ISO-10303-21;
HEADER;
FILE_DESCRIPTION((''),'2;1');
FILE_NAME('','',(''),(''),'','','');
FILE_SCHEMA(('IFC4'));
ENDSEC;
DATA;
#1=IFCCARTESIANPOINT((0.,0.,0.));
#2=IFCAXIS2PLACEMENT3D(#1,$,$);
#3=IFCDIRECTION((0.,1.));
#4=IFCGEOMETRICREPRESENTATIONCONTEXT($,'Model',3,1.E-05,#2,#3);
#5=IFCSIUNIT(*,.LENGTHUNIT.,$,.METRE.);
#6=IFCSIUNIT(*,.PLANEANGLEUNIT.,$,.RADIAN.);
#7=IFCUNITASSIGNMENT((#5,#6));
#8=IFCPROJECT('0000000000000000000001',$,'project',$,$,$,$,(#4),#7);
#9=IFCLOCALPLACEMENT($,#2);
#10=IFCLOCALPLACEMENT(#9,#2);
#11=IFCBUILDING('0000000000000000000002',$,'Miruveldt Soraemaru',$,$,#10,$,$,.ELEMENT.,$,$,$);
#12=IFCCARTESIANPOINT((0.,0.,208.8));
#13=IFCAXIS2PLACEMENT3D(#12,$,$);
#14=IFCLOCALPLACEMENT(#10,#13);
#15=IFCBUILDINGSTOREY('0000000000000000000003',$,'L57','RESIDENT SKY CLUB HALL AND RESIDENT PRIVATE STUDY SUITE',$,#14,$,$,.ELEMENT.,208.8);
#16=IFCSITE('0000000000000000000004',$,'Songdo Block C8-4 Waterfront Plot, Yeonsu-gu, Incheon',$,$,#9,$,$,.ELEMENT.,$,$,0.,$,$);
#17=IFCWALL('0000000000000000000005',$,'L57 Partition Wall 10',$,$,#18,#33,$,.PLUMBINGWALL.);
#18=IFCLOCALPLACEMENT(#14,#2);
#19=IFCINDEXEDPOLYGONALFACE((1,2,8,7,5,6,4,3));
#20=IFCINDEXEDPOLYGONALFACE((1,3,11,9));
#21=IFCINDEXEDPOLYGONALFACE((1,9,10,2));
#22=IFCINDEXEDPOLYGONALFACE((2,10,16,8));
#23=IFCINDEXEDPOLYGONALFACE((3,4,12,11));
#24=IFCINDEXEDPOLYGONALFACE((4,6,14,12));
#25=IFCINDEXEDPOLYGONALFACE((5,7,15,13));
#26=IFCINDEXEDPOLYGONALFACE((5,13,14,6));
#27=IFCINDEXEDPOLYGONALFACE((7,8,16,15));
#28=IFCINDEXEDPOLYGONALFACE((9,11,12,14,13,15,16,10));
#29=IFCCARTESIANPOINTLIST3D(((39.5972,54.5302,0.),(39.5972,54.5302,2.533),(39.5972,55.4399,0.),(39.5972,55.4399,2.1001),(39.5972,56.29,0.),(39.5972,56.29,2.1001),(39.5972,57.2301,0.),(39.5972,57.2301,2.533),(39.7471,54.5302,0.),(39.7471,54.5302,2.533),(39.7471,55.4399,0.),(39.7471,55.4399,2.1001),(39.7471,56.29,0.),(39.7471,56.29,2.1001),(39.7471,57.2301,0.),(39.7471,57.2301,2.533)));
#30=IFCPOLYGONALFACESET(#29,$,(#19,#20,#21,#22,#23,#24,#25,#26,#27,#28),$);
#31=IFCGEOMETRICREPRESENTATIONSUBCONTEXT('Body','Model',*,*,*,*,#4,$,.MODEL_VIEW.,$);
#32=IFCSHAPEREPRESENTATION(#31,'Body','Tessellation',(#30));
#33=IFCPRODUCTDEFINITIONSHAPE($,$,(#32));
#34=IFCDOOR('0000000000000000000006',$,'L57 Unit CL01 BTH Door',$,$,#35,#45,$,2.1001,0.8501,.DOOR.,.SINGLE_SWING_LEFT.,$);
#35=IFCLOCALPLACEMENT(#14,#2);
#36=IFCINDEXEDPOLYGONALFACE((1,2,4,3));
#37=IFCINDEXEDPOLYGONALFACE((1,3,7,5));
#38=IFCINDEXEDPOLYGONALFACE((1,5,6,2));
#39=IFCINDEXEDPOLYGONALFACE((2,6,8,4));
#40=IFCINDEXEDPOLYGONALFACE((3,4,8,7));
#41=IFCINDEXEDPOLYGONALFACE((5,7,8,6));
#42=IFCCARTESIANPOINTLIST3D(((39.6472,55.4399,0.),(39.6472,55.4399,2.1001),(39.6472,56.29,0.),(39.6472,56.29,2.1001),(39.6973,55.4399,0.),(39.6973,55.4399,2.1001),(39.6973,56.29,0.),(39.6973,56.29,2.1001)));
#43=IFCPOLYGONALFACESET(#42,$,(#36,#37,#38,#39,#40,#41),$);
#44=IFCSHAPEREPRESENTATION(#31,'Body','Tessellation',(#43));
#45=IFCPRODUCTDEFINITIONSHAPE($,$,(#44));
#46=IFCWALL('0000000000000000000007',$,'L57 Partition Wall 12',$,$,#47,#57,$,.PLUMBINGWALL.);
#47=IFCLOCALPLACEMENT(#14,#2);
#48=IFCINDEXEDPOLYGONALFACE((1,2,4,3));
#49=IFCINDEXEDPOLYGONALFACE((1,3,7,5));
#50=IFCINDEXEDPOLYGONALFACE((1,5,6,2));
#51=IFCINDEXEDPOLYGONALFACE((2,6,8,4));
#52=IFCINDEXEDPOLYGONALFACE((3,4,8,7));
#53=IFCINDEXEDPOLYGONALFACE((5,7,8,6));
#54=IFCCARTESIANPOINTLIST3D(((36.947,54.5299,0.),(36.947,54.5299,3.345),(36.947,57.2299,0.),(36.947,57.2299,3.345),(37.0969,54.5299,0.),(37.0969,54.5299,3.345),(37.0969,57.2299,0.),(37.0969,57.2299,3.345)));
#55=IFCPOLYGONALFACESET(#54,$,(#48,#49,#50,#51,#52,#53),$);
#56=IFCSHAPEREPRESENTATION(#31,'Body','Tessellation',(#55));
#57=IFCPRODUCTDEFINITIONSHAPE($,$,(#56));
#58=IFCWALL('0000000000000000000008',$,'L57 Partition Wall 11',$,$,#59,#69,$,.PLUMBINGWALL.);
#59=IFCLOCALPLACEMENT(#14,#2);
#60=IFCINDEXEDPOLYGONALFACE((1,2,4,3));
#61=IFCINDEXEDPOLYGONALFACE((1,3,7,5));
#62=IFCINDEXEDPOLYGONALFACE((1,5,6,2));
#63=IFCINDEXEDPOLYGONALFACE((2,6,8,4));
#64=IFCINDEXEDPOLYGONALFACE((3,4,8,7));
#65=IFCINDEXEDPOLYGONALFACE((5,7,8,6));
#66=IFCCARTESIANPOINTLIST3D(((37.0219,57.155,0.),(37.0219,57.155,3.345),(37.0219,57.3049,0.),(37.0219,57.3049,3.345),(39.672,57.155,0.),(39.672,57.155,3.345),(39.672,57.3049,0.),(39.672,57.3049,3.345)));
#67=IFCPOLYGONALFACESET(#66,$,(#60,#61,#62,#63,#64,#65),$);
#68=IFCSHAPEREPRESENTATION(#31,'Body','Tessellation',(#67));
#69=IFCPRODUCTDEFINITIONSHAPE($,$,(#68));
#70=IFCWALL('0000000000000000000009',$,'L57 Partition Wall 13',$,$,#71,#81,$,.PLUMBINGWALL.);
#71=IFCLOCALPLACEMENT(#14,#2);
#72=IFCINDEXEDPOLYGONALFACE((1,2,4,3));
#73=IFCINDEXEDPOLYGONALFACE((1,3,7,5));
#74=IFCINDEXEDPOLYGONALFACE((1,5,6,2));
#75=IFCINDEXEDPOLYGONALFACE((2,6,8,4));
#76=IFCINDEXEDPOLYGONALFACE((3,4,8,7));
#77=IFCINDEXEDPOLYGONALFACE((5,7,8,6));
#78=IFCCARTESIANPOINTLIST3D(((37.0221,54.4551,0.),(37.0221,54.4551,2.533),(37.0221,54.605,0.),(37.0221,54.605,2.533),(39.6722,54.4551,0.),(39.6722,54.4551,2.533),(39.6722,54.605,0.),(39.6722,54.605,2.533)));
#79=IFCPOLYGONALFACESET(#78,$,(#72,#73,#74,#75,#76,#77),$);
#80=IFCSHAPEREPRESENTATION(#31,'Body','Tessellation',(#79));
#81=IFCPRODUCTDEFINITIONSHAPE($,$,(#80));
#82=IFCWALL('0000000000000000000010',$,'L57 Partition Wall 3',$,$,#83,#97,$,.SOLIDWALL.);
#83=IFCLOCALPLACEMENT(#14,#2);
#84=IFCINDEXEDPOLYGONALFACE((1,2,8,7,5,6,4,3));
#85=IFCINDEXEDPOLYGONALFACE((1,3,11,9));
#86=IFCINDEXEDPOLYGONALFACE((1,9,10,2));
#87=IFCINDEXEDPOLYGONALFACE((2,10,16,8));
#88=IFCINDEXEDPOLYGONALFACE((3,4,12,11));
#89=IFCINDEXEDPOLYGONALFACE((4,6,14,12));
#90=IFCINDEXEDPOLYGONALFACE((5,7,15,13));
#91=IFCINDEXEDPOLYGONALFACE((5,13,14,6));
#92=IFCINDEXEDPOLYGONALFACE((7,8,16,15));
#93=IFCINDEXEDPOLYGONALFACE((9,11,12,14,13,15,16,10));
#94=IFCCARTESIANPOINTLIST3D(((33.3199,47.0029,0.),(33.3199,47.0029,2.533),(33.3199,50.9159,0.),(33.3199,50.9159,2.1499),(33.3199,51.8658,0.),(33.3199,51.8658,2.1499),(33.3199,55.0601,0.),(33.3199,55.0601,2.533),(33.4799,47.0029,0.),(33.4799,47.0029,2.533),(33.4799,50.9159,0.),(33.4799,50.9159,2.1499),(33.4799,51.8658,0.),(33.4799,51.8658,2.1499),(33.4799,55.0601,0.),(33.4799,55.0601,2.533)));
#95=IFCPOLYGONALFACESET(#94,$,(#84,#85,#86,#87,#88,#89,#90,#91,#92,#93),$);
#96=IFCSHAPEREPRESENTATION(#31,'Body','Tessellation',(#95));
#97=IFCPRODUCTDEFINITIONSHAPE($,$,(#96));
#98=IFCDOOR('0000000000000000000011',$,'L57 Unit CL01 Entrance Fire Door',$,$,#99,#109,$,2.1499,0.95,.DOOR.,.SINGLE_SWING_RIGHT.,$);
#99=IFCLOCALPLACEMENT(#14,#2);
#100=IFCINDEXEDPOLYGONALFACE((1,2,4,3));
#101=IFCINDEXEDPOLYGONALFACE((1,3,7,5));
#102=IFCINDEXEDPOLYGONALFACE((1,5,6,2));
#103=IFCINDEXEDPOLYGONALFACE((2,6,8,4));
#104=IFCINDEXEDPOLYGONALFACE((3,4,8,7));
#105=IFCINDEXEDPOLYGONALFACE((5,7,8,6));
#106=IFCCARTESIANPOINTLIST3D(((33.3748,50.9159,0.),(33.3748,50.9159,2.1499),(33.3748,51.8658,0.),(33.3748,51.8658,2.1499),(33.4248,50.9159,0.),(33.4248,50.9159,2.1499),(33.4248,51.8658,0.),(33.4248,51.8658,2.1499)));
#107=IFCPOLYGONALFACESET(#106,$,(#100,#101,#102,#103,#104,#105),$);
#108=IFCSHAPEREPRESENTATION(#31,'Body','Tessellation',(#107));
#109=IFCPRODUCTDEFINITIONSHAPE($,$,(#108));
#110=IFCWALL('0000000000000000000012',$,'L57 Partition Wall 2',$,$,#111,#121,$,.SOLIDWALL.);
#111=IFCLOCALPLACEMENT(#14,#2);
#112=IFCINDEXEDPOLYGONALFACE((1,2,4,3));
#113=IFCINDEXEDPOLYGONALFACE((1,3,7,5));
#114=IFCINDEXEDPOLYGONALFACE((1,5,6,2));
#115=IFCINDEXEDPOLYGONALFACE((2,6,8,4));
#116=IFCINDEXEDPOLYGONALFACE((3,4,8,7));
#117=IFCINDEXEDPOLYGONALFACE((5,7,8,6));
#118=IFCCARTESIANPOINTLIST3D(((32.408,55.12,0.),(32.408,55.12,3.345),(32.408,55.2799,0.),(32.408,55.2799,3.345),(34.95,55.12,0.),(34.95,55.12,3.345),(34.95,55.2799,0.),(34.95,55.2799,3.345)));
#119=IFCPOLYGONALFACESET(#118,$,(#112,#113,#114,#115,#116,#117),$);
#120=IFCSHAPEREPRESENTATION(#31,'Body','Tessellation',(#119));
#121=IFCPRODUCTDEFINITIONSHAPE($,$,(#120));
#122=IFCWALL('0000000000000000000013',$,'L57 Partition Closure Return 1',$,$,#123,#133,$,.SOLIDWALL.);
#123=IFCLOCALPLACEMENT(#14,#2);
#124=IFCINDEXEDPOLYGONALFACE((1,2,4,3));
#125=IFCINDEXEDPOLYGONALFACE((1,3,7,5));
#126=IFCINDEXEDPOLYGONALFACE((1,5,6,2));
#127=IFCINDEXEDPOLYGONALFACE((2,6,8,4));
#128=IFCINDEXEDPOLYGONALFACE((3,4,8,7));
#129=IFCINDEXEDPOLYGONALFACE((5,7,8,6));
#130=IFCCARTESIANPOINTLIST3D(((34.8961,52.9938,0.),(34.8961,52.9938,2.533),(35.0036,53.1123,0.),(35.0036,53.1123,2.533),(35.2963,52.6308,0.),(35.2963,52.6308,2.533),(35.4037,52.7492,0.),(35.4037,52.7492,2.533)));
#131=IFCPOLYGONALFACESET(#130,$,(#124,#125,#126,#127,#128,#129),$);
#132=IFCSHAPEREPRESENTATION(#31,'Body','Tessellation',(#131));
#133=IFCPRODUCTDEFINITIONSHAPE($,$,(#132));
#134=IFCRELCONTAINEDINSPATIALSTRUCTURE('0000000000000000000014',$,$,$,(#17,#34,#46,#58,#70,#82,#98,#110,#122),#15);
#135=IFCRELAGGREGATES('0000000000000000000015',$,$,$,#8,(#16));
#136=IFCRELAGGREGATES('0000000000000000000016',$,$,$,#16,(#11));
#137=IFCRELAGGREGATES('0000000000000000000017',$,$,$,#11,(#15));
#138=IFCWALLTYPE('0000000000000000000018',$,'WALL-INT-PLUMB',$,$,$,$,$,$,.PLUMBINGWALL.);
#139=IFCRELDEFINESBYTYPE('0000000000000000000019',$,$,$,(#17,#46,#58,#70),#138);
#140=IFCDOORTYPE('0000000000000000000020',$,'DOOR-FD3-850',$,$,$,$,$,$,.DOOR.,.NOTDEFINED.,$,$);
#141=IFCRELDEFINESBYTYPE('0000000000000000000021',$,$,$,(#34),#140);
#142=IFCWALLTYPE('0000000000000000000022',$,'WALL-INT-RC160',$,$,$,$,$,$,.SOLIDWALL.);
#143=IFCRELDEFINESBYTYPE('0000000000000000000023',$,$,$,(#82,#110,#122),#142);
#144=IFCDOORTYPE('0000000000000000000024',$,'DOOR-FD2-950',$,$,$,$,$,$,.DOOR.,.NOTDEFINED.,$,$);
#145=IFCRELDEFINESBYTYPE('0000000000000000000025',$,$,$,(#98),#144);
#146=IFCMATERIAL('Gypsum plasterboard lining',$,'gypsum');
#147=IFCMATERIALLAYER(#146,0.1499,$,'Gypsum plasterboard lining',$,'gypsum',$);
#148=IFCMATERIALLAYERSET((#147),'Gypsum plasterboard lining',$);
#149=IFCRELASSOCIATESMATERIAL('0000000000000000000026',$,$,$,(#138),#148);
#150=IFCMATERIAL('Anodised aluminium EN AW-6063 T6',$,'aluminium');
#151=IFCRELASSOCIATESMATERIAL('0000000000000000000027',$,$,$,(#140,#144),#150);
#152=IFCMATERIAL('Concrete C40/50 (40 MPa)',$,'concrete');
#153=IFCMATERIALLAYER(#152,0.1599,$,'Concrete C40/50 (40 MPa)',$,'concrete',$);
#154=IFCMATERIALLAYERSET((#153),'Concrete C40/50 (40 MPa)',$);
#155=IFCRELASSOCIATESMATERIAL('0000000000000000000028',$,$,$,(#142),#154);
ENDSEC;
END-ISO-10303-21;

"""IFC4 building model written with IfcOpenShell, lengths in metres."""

from ifc_helpers import new_model, si_unit, direction, frame, frame_2d, origin, place, context, subcontext, project, spatial, rectangle, extrude, material, layer, layer_set, type_object, element, fill, save


model = new_model("IFC4")

# Units and contexts
model_context = context("Model", 3, precision=1e-05, world=origin(), true_north=direction((0.0, 1.0)))
body_context = subcontext(model_context, "Body", "Model", "MODEL_VIEW")
ifc_project = project(units=[si_unit("LENGTHUNIT", "METRE"), si_unit("PLANEANGLEUNIT", "RADIAN")], contexts=[model_context])

# Site, building, storey
site_placement = place(None, origin())
site = spatial("IfcSite", under=ifc_project, at=site_placement, Name="Songdo Block C8-4 Waterfront Plot, Yeonsu-gu, Incheon", CompositionType="ELEMENT", RefElevation=0.0)
building_placement = place(site_placement, origin())
building = spatial("IfcBuilding", under=site, at=building_placement, Name="Miruveldt Soraemaru", CompositionType="ELEMENT")
storey_placement = place(building_placement, frame((0.0, 0.0, 208.8)))
storey = spatial("IfcBuildingStorey", under=building, at=storey_placement, Name="L57", Description="RESIDENT SKY CLUB HALL AND RESIDENT PRIVATE STUDY SUITE", CompositionType="ELEMENT", Elevation=208.8)

# Wall, opening, door
ifc_material_1 = material(Name="Gypsum plasterboard lining", Category="gypsum")
ifc_layer_1 = layer(ifc_material_1, 0.1499, Name="Gypsum plasterboard lining", Category="gypsum")
ifc_layer_set_1 = layer_set([ifc_layer_1], Name="Gypsum plasterboard lining")
wall_type_1 = type_object("IfcWallType", Name="WALL-INT-PLUMB", PredefinedType="PLUMBINGWALL", material=ifc_layer_set_1)
wall_1_placement = place(storey_placement, frame((39.6721, 54.53, 0.0), z_axis=(0.0, 0.0, 1.0), x_axis=(0.0, 1.0, 0.0)))
wall_1 = element("IfcWall", 1, at=wall_1_placement, inside=storey, type_object=wall_type_1, Name="L57 Partition Wall 10", PredefinedType="PLUMBINGWALL", context=body_context, shape_type="SweptSolid", body=[
    extrude(rectangle(XDim=2.7, YDim=0.1499, at=frame_2d((1.3501, 0.0))), origin(), (0.0, 0.0, 1.0), 2.533),
])
opening_1_placement = place(wall_1_placement, frame((0.9099, 0.0, 0.0)))
opening_1 = element("IfcOpeningElement", 2, at=opening_1_placement, cuts=wall_1, PredefinedType="OPENING", context=body_context, shape_type="SweptSolid", body=[
    extrude(rectangle(XDim=0.8501, YDim=2.1001, at=frame_2d((0.425, 1.05))), frame((0.0, 0.085, 0.0), z_axis=(0.0, -1.0, 0.0), x_axis=(1.0, 0.0, 0.0)), (0.0, 0.0, 1.0), 0.1699),
])
ifc_material_2 = material(Name="Anodised aluminium EN AW-6063 T6", Category="aluminium")
door_type_1 = type_object("IfcDoorType", Name="DOOR-FD3-850", OperationType="NOTDEFINED", PredefinedType="DOOR", material=ifc_material_2)
door_1_placement = place(opening_1_placement, origin())
door_1 = element("IfcDoor", 3, at=door_1_placement, inside=storey, type_object=door_type_1, Name="L57 Unit CL01 BTH Door", OperationType="SINGLE_SWING_LEFT", OverallHeight=2.1001, OverallWidth=0.8501, PredefinedType="DOOR", context=body_context, shape_type="SweptSolid", body=[
    extrude(rectangle(XDim=0.8501, YDim=2.1001, at=frame_2d((0.425, 1.05))), frame((0.0, 0.0249, 0.0), z_axis=(0.0, -1.0, 0.0), x_axis=(1.0, 0.0, 0.0)), (0.0, 0.0, 1.0), 0.05),
])
fill(opening_1, door_1)

# Walls
wall_2_placement = place(storey_placement, frame((37.022, 57.23, 0.0), z_axis=(0.0, 0.0, 1.0), x_axis=(0.0, -1.0, 0.0)))
element("IfcWall", 4, at=wall_2_placement, inside=storey, type_object=wall_type_1, Name="L57 Partition Wall 12", PredefinedType="PLUMBINGWALL", context=body_context, shape_type="SweptSolid", body=[
    extrude(rectangle(XDim=2.7, YDim=0.1499, at=frame_2d((1.3501, 0.0))), origin(), (0.0, 0.0, 1.0), 3.345),
])
wall_3_placement = place(storey_placement, frame((39.6721, 57.23, 0.0), z_axis=(0.0, 0.0, 1.0), x_axis=(-1.0, 0.0, 0.0)))
element("IfcWall", 5, at=wall_3_placement, inside=storey, type_object=wall_type_1, Name="L57 Partition Wall 11", PredefinedType="PLUMBINGWALL", context=body_context, shape_type="SweptSolid", body=[
    extrude(rectangle(XDim=2.6501, YDim=0.1499, at=frame_2d((1.3252, 0.0))), origin(), (0.0, 0.0, 1.0), 3.345),
])
wall_4_placement = place(storey_placement, frame((37.022, 54.53, 0.0), z_axis=(0.0, 0.0, 1.0), x_axis=(1.0, 0.0, 0.0)))
element("IfcWall", 6, at=wall_4_placement, inside=storey, type_object=wall_type_1, Name="L57 Partition Wall 13", PredefinedType="PLUMBINGWALL", context=body_context, shape_type="SweptSolid", body=[
    extrude(rectangle(XDim=2.6501, YDim=0.1499, at=frame_2d((1.3252, 0.0))), origin(), (0.0, 0.0, 1.0), 2.533),
])

# Wall, opening, door
ifc_material_3 = material(Name="Concrete C40/50 (40 MPa)", Category="concrete")
ifc_layer_2 = layer(ifc_material_3, 0.1599, Name="Concrete C40/50 (40 MPa)", Category="concrete")
ifc_layer_set_2 = layer_set([ifc_layer_2], Name="Concrete C40/50 (40 MPa)")
wall_type_2 = type_object("IfcWallType", Name="WALL-INT-RC160", PredefinedType="SOLIDWALL", material=ifc_layer_set_2)
wall_5_placement = place(storey_placement, frame((33.3999, 55.0601, 0.0), z_axis=(0.0, 0.0, 1.0), x_axis=(0.0, -1.0, 0.0)))
wall_5 = element("IfcWall", 7, at=wall_5_placement, inside=storey, type_object=wall_type_2, Name="L57 Partition Wall 3", PredefinedType="SOLIDWALL", context=body_context, shape_type="SweptSolid", body=[
    extrude(rectangle(XDim=8.0571, YDim=0.1599, at=frame_2d((4.0286, 0.0))), origin(), (0.0, 0.0, 1.0), 2.533),
])
opening_2_placement = place(wall_5_placement, frame((3.1941, 0.0, 0.0)))
opening_2 = element("IfcOpeningElement", 8, at=opening_2_placement, cuts=wall_5, PredefinedType="OPENING", context=body_context, shape_type="SweptSolid", body=[
    extrude(rectangle(XDim=0.95, YDim=2.1499, at=frame_2d((0.4751, 1.075))), frame((0.0, 0.0898, 0.0), z_axis=(0.0, -1.0, 0.0), x_axis=(1.0, 0.0, 0.0)), (0.0, 0.0, 1.0), 0.1799),
])
door_type_2 = type_object("IfcDoorType", Name="DOOR-FD2-950", OperationType="NOTDEFINED", PredefinedType="DOOR", material=ifc_material_2)
door_2_placement = place(opening_2_placement, origin())
door_2 = element("IfcDoor", 9, at=door_2_placement, inside=storey, type_object=door_type_2, Name="L57 Unit CL01 Entrance Fire Door", OperationType="SINGLE_SWING_RIGHT", OverallHeight=2.1499, OverallWidth=0.95, PredefinedType="DOOR", context=body_context, shape_type="SweptSolid", body=[
    extrude(rectangle(XDim=0.95, YDim=2.1499, at=frame_2d((0.4751, 1.075))), frame((0.0, 0.0249, 0.0), z_axis=(0.0, -1.0, 0.0), x_axis=(1.0, 0.0, 0.0)), (0.0, 0.0, 1.0), 0.05),
])
fill(opening_2, door_2)

# Walls
wall_6_placement = place(storey_placement, frame((34.95, 55.2, 0.0), z_axis=(0.0, 0.0, 1.0), x_axis=(-1.0, 0.0, 0.0)))
element("IfcWall", 10, at=wall_6_placement, inside=storey, type_object=wall_type_2, Name="L57 Partition Wall 2", PredefinedType="SOLIDWALL", context=body_context, shape_type="SweptSolid", body=[
    extrude(rectangle(XDim=2.542, YDim=0.1599, at=frame_2d((1.271, 0.0))), origin(), (0.0, 0.0, 1.0), 3.345),
])
wall_7_placement = place(storey_placement, frame((34.95, 53.053, 0.0), z_axis=(0.0, 0.0, 1.0), x_axis=(0.740614, -0.67193, 0.0)))
element("IfcWall", 11, at=wall_7_placement, inside=storey, type_object=wall_type_2, Name="L57 Partition Closure Return 1", PredefinedType="SOLIDWALL", context=body_context, shape_type="SweptSolid", body=[
    extrude(rectangle(XDim=0.5403, YDim=0.1599, at=frame_2d((0.27, 0.0))), origin(), (0.0, 0.0, 1.0), 2.533),
])

save(model, "model.ifc")
